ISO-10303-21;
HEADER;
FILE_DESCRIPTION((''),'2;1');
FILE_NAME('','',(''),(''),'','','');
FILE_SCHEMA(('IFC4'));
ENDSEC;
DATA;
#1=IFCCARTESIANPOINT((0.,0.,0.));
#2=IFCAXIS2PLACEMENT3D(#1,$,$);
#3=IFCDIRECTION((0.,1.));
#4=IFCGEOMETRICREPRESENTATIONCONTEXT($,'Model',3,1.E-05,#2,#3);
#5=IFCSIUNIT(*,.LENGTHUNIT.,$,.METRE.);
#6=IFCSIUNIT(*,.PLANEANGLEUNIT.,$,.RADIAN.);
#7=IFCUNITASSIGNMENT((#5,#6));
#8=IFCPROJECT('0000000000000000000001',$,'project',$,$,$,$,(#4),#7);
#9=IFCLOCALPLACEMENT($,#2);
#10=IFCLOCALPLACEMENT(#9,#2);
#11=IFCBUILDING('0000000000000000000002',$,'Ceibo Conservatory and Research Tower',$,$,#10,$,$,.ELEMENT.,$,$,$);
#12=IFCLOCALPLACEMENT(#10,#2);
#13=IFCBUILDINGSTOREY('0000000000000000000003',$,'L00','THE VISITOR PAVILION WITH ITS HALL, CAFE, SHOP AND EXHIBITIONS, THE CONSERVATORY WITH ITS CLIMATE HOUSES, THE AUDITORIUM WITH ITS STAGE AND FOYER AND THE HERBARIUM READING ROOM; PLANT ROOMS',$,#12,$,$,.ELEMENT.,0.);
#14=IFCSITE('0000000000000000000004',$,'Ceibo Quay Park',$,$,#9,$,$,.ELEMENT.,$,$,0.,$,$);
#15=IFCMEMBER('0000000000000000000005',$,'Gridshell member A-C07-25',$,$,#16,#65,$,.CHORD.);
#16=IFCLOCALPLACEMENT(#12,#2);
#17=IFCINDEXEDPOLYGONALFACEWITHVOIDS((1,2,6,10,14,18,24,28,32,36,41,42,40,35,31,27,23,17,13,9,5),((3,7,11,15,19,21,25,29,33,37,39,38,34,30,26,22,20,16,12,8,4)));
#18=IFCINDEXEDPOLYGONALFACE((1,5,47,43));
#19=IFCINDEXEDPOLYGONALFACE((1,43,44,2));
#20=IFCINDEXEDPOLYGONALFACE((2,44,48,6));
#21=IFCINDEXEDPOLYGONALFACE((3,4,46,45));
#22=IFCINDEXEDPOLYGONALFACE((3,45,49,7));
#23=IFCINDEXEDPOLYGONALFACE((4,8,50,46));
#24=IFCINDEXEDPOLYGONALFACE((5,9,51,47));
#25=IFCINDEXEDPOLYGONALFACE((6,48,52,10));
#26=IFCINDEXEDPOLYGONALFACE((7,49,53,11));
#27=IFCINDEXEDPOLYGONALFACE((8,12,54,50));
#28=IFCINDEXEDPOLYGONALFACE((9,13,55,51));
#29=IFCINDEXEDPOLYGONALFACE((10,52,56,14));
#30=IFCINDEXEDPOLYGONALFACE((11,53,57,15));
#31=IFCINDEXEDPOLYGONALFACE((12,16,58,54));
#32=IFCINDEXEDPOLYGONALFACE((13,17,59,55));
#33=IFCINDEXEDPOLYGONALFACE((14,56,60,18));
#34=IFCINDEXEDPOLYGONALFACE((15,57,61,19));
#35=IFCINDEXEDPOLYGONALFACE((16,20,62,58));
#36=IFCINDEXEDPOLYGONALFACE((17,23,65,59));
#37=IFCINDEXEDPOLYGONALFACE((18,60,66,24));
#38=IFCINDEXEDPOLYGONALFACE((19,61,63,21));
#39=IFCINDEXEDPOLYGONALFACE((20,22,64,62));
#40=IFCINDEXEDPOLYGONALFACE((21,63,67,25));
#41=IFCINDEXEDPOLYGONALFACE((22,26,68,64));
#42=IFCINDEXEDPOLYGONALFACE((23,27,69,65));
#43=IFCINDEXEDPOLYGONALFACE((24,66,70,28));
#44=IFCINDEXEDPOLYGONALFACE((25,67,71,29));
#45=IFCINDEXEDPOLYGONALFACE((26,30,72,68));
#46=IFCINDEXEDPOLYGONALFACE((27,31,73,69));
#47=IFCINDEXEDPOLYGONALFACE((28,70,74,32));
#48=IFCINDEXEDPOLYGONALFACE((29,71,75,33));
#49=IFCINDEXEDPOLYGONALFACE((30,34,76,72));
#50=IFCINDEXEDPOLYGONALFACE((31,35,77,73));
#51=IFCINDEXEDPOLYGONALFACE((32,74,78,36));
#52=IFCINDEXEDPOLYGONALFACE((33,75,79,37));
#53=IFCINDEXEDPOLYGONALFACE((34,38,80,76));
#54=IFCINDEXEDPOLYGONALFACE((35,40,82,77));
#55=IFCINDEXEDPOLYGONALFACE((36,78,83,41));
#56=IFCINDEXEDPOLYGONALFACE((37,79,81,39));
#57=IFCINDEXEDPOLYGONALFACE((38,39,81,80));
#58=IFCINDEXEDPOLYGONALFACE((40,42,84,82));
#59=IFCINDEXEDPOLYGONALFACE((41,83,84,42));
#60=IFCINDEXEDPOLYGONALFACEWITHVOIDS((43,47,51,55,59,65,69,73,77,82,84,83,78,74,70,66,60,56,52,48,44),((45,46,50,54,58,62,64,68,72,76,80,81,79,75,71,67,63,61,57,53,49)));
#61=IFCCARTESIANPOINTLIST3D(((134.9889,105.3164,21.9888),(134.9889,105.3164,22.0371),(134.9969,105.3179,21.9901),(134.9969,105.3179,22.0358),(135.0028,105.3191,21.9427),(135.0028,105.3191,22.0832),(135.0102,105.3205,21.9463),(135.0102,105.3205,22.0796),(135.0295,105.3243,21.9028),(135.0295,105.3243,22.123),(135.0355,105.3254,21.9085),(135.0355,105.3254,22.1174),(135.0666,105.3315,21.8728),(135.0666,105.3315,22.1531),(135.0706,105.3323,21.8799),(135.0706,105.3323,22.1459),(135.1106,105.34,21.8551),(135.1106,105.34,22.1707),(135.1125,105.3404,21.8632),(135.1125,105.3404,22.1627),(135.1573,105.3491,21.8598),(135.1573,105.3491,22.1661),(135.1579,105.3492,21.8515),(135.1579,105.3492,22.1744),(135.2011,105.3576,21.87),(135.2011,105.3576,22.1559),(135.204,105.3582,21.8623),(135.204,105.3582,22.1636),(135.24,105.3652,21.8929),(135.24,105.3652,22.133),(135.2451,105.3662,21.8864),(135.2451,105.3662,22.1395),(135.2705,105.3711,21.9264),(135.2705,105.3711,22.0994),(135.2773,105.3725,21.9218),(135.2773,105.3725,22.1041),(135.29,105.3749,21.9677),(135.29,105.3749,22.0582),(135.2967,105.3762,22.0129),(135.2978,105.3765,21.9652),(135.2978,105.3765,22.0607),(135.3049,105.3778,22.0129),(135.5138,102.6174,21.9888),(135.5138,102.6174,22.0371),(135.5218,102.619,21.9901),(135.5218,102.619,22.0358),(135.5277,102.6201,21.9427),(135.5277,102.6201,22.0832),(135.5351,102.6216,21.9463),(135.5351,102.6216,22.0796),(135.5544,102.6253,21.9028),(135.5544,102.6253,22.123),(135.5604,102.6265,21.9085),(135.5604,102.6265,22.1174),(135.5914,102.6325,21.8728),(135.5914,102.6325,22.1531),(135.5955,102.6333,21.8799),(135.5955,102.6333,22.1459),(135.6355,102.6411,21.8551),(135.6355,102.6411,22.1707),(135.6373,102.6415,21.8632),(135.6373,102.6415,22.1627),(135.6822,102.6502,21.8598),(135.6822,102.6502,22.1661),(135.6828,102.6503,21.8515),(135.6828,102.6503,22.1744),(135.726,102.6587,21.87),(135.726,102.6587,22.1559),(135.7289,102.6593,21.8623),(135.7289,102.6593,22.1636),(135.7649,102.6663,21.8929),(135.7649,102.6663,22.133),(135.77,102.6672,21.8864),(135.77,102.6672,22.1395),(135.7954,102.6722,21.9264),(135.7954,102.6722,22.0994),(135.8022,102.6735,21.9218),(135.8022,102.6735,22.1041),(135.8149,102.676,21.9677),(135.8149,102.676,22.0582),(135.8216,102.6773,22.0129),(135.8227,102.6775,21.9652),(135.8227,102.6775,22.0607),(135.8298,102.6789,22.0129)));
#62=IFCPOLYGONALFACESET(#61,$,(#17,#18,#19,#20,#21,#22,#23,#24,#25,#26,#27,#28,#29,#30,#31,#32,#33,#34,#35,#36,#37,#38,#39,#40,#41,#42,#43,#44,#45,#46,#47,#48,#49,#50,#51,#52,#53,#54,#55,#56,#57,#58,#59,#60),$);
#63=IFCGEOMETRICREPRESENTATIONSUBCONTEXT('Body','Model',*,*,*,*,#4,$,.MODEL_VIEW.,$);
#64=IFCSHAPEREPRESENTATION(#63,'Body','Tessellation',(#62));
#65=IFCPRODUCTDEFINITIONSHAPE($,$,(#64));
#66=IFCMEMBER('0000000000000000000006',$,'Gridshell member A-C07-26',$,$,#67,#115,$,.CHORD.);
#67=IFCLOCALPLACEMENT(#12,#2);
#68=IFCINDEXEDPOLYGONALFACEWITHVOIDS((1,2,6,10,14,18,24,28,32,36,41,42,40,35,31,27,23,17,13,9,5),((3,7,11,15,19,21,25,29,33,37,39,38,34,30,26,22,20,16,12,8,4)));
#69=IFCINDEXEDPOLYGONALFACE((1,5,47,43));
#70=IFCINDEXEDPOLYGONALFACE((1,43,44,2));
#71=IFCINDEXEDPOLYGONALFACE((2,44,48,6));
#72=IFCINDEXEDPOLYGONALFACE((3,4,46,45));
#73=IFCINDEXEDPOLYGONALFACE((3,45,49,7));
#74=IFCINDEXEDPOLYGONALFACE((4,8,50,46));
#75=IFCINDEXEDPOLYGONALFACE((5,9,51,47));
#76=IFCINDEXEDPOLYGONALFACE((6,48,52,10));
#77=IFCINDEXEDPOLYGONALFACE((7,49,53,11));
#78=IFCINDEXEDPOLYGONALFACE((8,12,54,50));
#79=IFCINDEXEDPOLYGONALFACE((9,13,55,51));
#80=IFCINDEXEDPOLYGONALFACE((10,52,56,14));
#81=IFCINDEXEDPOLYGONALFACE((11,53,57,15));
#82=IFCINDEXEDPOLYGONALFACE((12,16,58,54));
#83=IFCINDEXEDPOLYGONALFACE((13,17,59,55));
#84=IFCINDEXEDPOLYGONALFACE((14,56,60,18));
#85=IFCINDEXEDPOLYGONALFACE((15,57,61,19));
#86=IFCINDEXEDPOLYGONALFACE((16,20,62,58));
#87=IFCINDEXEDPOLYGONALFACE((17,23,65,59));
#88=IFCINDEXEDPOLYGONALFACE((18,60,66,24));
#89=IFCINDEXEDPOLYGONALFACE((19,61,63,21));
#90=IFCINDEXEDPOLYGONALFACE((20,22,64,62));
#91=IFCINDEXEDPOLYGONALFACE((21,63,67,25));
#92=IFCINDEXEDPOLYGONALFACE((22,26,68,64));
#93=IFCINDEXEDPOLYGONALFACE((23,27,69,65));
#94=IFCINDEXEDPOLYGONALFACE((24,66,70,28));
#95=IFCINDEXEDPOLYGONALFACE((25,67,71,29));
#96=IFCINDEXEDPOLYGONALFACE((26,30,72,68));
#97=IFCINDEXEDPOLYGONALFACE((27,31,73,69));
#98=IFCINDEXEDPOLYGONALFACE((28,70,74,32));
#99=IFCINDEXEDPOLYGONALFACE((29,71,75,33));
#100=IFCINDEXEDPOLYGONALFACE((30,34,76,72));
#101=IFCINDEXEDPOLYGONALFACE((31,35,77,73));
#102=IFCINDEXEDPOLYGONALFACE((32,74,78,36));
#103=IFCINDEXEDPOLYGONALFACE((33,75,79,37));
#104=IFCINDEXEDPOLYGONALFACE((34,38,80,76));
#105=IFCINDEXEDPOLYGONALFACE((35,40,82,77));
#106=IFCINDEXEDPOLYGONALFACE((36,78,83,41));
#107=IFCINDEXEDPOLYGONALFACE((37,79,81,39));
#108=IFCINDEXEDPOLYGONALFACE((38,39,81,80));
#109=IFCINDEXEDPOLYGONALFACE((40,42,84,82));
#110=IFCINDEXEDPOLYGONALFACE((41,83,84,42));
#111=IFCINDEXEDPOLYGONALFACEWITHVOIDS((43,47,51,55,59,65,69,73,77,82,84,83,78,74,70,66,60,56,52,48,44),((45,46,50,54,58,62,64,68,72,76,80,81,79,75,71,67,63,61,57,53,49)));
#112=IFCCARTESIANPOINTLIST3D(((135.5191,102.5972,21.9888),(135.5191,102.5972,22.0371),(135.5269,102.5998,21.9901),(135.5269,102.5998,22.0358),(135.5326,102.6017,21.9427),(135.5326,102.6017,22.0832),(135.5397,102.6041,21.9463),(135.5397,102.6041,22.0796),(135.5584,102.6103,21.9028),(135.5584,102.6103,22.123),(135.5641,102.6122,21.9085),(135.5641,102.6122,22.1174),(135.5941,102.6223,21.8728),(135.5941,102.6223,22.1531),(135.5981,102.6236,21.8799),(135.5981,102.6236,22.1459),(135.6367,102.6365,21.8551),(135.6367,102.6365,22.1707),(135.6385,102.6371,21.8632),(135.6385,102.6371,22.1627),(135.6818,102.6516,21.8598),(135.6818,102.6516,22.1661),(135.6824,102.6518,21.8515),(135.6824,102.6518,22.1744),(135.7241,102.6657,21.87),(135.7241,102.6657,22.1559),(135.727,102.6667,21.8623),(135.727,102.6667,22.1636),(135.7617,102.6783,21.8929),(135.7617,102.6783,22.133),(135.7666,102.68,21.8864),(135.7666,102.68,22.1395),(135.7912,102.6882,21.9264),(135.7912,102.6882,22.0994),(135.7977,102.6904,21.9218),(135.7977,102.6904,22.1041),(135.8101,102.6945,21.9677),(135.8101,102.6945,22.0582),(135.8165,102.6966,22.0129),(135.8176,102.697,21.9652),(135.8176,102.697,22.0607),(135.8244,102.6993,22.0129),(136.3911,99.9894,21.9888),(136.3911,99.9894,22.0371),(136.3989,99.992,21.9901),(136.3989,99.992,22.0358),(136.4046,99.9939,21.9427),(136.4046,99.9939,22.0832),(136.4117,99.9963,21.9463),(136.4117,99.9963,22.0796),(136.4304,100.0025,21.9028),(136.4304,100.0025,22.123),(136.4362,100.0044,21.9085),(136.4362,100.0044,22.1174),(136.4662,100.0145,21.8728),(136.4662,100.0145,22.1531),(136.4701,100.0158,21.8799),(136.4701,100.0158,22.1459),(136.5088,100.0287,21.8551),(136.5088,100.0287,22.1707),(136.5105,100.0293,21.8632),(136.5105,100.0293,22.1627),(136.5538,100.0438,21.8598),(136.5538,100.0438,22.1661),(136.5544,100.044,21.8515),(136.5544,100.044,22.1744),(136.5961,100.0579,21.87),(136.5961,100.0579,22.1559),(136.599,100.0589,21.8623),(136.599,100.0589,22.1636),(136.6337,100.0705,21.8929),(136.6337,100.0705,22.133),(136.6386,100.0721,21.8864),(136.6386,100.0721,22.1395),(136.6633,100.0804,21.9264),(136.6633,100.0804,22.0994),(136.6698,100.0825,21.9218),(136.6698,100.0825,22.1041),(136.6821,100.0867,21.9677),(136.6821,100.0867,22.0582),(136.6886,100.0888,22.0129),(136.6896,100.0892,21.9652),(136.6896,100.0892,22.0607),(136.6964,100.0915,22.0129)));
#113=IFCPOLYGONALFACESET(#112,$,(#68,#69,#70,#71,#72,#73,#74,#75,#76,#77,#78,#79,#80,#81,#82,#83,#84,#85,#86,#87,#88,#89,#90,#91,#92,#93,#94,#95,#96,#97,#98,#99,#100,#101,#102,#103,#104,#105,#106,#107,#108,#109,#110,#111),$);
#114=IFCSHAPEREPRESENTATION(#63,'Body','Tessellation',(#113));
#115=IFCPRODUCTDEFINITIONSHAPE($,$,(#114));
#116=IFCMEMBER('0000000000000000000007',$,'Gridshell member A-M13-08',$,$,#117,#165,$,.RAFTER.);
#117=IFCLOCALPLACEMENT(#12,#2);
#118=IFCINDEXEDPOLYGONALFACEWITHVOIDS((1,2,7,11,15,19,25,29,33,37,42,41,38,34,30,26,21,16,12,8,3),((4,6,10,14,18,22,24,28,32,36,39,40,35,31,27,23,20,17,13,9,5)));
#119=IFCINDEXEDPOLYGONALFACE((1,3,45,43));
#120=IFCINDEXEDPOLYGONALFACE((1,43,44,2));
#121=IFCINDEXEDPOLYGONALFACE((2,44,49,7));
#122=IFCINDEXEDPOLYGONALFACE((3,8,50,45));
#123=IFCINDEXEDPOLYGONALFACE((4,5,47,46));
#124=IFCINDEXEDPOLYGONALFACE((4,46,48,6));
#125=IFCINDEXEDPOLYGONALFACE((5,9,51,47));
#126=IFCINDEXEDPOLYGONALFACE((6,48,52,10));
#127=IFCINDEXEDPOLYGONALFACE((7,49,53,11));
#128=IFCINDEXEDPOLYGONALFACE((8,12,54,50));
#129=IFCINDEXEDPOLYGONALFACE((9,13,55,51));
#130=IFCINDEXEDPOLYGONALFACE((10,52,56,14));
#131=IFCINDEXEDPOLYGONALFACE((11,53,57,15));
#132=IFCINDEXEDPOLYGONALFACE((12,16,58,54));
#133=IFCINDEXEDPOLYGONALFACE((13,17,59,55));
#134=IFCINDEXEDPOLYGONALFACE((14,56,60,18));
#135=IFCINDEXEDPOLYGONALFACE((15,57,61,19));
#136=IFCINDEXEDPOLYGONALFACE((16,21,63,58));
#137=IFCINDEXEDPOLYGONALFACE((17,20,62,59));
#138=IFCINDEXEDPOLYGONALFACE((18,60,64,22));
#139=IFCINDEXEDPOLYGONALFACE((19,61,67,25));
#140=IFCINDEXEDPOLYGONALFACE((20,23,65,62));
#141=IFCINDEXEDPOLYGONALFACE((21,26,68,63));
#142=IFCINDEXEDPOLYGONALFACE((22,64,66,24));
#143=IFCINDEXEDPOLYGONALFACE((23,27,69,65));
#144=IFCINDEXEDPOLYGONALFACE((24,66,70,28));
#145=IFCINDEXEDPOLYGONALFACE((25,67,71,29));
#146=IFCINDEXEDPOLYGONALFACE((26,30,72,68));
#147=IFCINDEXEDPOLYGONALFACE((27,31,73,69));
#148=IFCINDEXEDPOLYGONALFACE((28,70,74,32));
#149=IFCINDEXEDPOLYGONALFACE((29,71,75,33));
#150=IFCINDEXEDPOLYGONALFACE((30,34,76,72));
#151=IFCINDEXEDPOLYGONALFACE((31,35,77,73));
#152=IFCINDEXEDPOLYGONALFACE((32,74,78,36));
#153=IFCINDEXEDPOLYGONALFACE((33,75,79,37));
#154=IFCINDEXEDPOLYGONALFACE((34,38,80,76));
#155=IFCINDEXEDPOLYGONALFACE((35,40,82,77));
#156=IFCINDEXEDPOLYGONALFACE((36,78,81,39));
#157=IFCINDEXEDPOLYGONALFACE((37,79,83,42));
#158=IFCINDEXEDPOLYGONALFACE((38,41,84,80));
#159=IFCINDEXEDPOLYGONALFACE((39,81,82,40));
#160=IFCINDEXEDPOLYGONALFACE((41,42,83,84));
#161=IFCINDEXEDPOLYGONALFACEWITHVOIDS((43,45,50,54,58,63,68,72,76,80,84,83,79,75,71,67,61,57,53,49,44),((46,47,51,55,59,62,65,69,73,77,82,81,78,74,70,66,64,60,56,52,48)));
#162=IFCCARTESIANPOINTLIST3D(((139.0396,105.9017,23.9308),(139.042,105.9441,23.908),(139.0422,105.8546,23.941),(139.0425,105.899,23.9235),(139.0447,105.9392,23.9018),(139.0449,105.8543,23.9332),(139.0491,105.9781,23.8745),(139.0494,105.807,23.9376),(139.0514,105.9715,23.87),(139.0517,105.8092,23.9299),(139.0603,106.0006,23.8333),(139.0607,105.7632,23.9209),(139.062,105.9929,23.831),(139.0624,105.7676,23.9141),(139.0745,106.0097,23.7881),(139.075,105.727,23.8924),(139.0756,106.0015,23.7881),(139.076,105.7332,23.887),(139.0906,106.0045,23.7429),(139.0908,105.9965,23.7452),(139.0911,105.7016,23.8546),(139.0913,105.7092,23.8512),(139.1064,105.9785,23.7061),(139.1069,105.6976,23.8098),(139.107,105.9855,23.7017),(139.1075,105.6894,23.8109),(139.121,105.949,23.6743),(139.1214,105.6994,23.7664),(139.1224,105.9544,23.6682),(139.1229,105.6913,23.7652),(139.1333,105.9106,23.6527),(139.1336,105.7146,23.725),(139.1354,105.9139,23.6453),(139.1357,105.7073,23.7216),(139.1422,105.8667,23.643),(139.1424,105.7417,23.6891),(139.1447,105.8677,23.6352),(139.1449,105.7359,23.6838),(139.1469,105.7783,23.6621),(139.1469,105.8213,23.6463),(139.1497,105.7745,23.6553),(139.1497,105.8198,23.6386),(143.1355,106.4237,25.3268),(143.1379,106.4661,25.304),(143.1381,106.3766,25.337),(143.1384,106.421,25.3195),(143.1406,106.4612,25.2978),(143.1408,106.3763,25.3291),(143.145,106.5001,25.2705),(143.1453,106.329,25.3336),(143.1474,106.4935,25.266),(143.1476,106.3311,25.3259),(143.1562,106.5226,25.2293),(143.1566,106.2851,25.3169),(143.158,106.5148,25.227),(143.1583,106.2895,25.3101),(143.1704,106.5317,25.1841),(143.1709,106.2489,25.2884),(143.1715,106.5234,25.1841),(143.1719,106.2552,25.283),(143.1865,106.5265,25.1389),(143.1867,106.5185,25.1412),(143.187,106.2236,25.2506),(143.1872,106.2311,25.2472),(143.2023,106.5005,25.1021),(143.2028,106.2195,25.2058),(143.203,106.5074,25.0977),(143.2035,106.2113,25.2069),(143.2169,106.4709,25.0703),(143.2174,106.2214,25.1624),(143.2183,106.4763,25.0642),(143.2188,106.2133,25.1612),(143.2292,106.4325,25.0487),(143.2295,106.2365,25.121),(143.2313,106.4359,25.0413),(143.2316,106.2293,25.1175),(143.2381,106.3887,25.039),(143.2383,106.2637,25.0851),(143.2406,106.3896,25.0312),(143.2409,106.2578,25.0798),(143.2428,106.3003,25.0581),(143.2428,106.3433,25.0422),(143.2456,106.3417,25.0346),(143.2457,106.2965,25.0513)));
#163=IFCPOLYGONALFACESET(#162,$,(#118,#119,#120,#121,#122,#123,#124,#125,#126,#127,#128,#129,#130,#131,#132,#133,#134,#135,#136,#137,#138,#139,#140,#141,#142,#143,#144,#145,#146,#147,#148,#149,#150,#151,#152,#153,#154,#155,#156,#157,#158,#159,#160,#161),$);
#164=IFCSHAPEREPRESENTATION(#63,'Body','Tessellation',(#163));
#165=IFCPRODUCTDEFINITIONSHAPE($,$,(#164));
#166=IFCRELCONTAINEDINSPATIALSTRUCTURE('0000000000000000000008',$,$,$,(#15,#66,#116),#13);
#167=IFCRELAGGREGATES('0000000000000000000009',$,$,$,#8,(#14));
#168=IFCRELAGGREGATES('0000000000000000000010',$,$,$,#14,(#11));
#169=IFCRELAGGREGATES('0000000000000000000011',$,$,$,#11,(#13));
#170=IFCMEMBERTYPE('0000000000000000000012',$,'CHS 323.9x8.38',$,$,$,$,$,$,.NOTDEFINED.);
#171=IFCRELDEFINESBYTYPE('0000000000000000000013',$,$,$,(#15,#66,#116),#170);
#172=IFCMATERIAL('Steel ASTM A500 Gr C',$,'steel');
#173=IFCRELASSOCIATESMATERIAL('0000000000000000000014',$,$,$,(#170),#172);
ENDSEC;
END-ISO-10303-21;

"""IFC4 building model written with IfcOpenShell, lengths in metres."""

from ifc_helpers import new_model, si_unit, direction, frame, origin, origin_2d, place, context, subcontext, project, spatial, hollow_circle, extrude, material, material_profile, profile_set, type_object, element, save


model = new_model("IFC4")

# Units and contexts
model_context = context("Model", 3, precision=1e-05, world=origin(), true_north=direction((0.0, 1.0)))
body_context = subcontext(model_context, "Body", "Model", "MODEL_VIEW")
ifc_project = project(units=[si_unit("LENGTHUNIT", "METRE"), si_unit("PLANEANGLEUNIT", "RADIAN")], contexts=[model_context])

# Site, building, storey
site_placement = place(None, origin())
site = spatial("IfcSite", under=ifc_project, at=site_placement, Name="Ceibo Quay Park", CompositionType="ELEMENT", RefElevation=0.0)
building_placement = place(site_placement, origin())
building = spatial("IfcBuilding", under=site, at=building_placement, Name="Ceibo Conservatory and Research Tower", CompositionType="ELEMENT")
storey_placement = place(building_placement, origin())
storey = spatial("IfcBuildingStorey", under=building, at=storey_placement, Name="L00", Description="THE VISITOR PAVILION WITH ITS HALL, CAFE, SHOP AND EXHIBITIONS, THE CONSERVATORY WITH ITS CLIMATE HOUSES, THE AUDITORIUM WITH ITS STAGE AND FOYER AND THE HERBARIUM READING ROOM; PLANT ROOMS", CompositionType="ELEMENT", Elevation=0.0)

# Members
ifc_material_1 = material(Name="Steel ASTM A500 Gr C", Category="steel")
ifc_material_profile_1 = material_profile(ifc_material_1, hollow_circle(Radius=0.1619, WallThickness=0.0083, at=origin_2d()), Name="CHS 323.9x8.38")
ifc_profile_set_1 = profile_set([ifc_material_profile_1], Name="Steel ASTM A500 Gr C")
member_type_1 = type_object("IfcMemberType", Name="CHS 323.9x8.38", PredefinedType="NOTDEFINED", material=ifc_profile_set_1)
member_1_placement = place(storey_placement, frame((135.146, 105.3469, 22.0129), z_axis=(0.190905, -0.981608, 0.0), x_axis=(0.981608, 0.190905, 0.0)))
element("IfcMember", 1, at=member_1_placement, inside=storey, type_object=member_type_1, Name="Gridshell member A-C07-25", PredefinedType="CHORD", context=body_context, shape_type="SweptSolid", body=[
    extrude(hollow_circle(Radius=0.1619, WallThickness=0.0083, at=origin_2d()), origin(), (0.0, 0.0, 1.0), 2.7495),
])
member_2_placement = place(storey_placement, frame((135.6709, 102.6479, 22.0129), z_axis=(0.317133, -0.948381, 0.0), x_axis=(0.948381, 0.317133, 0.0)))
element("IfcMember", 2, at=member_2_placement, inside=storey, type_object=member_type_1, Name="Gridshell member A-C07-26", PredefinedType="CHORD", context=body_context, shape_type="SweptSolid", body=[
    extrude(hollow_circle(Radius=0.1619, WallThickness=0.0083, at=origin_2d()), origin(), (0.0, 0.0, 1.0), 2.7498),
])
member_3_placement = place(storey_placement, frame((139.095, 105.8491, 23.7881), z_axis=(0.939723, 0.119755, 0.32028), x_axis=(-0.126414, 0.991978, 0.0)))
element("IfcMember", 3, at=member_3_placement, inside=storey, type_object=member_type_1, Name="Gridshell member A-M13-08", PredefinedType="RAFTER", context=body_context, shape_type="SweptSolid", body=[
    extrude(hollow_circle(Radius=0.1619, WallThickness=0.0083, at=origin_2d()), origin(), (0.0, 0.0, 1.0), 4.3586),
])

save(model, "model.ifc")
